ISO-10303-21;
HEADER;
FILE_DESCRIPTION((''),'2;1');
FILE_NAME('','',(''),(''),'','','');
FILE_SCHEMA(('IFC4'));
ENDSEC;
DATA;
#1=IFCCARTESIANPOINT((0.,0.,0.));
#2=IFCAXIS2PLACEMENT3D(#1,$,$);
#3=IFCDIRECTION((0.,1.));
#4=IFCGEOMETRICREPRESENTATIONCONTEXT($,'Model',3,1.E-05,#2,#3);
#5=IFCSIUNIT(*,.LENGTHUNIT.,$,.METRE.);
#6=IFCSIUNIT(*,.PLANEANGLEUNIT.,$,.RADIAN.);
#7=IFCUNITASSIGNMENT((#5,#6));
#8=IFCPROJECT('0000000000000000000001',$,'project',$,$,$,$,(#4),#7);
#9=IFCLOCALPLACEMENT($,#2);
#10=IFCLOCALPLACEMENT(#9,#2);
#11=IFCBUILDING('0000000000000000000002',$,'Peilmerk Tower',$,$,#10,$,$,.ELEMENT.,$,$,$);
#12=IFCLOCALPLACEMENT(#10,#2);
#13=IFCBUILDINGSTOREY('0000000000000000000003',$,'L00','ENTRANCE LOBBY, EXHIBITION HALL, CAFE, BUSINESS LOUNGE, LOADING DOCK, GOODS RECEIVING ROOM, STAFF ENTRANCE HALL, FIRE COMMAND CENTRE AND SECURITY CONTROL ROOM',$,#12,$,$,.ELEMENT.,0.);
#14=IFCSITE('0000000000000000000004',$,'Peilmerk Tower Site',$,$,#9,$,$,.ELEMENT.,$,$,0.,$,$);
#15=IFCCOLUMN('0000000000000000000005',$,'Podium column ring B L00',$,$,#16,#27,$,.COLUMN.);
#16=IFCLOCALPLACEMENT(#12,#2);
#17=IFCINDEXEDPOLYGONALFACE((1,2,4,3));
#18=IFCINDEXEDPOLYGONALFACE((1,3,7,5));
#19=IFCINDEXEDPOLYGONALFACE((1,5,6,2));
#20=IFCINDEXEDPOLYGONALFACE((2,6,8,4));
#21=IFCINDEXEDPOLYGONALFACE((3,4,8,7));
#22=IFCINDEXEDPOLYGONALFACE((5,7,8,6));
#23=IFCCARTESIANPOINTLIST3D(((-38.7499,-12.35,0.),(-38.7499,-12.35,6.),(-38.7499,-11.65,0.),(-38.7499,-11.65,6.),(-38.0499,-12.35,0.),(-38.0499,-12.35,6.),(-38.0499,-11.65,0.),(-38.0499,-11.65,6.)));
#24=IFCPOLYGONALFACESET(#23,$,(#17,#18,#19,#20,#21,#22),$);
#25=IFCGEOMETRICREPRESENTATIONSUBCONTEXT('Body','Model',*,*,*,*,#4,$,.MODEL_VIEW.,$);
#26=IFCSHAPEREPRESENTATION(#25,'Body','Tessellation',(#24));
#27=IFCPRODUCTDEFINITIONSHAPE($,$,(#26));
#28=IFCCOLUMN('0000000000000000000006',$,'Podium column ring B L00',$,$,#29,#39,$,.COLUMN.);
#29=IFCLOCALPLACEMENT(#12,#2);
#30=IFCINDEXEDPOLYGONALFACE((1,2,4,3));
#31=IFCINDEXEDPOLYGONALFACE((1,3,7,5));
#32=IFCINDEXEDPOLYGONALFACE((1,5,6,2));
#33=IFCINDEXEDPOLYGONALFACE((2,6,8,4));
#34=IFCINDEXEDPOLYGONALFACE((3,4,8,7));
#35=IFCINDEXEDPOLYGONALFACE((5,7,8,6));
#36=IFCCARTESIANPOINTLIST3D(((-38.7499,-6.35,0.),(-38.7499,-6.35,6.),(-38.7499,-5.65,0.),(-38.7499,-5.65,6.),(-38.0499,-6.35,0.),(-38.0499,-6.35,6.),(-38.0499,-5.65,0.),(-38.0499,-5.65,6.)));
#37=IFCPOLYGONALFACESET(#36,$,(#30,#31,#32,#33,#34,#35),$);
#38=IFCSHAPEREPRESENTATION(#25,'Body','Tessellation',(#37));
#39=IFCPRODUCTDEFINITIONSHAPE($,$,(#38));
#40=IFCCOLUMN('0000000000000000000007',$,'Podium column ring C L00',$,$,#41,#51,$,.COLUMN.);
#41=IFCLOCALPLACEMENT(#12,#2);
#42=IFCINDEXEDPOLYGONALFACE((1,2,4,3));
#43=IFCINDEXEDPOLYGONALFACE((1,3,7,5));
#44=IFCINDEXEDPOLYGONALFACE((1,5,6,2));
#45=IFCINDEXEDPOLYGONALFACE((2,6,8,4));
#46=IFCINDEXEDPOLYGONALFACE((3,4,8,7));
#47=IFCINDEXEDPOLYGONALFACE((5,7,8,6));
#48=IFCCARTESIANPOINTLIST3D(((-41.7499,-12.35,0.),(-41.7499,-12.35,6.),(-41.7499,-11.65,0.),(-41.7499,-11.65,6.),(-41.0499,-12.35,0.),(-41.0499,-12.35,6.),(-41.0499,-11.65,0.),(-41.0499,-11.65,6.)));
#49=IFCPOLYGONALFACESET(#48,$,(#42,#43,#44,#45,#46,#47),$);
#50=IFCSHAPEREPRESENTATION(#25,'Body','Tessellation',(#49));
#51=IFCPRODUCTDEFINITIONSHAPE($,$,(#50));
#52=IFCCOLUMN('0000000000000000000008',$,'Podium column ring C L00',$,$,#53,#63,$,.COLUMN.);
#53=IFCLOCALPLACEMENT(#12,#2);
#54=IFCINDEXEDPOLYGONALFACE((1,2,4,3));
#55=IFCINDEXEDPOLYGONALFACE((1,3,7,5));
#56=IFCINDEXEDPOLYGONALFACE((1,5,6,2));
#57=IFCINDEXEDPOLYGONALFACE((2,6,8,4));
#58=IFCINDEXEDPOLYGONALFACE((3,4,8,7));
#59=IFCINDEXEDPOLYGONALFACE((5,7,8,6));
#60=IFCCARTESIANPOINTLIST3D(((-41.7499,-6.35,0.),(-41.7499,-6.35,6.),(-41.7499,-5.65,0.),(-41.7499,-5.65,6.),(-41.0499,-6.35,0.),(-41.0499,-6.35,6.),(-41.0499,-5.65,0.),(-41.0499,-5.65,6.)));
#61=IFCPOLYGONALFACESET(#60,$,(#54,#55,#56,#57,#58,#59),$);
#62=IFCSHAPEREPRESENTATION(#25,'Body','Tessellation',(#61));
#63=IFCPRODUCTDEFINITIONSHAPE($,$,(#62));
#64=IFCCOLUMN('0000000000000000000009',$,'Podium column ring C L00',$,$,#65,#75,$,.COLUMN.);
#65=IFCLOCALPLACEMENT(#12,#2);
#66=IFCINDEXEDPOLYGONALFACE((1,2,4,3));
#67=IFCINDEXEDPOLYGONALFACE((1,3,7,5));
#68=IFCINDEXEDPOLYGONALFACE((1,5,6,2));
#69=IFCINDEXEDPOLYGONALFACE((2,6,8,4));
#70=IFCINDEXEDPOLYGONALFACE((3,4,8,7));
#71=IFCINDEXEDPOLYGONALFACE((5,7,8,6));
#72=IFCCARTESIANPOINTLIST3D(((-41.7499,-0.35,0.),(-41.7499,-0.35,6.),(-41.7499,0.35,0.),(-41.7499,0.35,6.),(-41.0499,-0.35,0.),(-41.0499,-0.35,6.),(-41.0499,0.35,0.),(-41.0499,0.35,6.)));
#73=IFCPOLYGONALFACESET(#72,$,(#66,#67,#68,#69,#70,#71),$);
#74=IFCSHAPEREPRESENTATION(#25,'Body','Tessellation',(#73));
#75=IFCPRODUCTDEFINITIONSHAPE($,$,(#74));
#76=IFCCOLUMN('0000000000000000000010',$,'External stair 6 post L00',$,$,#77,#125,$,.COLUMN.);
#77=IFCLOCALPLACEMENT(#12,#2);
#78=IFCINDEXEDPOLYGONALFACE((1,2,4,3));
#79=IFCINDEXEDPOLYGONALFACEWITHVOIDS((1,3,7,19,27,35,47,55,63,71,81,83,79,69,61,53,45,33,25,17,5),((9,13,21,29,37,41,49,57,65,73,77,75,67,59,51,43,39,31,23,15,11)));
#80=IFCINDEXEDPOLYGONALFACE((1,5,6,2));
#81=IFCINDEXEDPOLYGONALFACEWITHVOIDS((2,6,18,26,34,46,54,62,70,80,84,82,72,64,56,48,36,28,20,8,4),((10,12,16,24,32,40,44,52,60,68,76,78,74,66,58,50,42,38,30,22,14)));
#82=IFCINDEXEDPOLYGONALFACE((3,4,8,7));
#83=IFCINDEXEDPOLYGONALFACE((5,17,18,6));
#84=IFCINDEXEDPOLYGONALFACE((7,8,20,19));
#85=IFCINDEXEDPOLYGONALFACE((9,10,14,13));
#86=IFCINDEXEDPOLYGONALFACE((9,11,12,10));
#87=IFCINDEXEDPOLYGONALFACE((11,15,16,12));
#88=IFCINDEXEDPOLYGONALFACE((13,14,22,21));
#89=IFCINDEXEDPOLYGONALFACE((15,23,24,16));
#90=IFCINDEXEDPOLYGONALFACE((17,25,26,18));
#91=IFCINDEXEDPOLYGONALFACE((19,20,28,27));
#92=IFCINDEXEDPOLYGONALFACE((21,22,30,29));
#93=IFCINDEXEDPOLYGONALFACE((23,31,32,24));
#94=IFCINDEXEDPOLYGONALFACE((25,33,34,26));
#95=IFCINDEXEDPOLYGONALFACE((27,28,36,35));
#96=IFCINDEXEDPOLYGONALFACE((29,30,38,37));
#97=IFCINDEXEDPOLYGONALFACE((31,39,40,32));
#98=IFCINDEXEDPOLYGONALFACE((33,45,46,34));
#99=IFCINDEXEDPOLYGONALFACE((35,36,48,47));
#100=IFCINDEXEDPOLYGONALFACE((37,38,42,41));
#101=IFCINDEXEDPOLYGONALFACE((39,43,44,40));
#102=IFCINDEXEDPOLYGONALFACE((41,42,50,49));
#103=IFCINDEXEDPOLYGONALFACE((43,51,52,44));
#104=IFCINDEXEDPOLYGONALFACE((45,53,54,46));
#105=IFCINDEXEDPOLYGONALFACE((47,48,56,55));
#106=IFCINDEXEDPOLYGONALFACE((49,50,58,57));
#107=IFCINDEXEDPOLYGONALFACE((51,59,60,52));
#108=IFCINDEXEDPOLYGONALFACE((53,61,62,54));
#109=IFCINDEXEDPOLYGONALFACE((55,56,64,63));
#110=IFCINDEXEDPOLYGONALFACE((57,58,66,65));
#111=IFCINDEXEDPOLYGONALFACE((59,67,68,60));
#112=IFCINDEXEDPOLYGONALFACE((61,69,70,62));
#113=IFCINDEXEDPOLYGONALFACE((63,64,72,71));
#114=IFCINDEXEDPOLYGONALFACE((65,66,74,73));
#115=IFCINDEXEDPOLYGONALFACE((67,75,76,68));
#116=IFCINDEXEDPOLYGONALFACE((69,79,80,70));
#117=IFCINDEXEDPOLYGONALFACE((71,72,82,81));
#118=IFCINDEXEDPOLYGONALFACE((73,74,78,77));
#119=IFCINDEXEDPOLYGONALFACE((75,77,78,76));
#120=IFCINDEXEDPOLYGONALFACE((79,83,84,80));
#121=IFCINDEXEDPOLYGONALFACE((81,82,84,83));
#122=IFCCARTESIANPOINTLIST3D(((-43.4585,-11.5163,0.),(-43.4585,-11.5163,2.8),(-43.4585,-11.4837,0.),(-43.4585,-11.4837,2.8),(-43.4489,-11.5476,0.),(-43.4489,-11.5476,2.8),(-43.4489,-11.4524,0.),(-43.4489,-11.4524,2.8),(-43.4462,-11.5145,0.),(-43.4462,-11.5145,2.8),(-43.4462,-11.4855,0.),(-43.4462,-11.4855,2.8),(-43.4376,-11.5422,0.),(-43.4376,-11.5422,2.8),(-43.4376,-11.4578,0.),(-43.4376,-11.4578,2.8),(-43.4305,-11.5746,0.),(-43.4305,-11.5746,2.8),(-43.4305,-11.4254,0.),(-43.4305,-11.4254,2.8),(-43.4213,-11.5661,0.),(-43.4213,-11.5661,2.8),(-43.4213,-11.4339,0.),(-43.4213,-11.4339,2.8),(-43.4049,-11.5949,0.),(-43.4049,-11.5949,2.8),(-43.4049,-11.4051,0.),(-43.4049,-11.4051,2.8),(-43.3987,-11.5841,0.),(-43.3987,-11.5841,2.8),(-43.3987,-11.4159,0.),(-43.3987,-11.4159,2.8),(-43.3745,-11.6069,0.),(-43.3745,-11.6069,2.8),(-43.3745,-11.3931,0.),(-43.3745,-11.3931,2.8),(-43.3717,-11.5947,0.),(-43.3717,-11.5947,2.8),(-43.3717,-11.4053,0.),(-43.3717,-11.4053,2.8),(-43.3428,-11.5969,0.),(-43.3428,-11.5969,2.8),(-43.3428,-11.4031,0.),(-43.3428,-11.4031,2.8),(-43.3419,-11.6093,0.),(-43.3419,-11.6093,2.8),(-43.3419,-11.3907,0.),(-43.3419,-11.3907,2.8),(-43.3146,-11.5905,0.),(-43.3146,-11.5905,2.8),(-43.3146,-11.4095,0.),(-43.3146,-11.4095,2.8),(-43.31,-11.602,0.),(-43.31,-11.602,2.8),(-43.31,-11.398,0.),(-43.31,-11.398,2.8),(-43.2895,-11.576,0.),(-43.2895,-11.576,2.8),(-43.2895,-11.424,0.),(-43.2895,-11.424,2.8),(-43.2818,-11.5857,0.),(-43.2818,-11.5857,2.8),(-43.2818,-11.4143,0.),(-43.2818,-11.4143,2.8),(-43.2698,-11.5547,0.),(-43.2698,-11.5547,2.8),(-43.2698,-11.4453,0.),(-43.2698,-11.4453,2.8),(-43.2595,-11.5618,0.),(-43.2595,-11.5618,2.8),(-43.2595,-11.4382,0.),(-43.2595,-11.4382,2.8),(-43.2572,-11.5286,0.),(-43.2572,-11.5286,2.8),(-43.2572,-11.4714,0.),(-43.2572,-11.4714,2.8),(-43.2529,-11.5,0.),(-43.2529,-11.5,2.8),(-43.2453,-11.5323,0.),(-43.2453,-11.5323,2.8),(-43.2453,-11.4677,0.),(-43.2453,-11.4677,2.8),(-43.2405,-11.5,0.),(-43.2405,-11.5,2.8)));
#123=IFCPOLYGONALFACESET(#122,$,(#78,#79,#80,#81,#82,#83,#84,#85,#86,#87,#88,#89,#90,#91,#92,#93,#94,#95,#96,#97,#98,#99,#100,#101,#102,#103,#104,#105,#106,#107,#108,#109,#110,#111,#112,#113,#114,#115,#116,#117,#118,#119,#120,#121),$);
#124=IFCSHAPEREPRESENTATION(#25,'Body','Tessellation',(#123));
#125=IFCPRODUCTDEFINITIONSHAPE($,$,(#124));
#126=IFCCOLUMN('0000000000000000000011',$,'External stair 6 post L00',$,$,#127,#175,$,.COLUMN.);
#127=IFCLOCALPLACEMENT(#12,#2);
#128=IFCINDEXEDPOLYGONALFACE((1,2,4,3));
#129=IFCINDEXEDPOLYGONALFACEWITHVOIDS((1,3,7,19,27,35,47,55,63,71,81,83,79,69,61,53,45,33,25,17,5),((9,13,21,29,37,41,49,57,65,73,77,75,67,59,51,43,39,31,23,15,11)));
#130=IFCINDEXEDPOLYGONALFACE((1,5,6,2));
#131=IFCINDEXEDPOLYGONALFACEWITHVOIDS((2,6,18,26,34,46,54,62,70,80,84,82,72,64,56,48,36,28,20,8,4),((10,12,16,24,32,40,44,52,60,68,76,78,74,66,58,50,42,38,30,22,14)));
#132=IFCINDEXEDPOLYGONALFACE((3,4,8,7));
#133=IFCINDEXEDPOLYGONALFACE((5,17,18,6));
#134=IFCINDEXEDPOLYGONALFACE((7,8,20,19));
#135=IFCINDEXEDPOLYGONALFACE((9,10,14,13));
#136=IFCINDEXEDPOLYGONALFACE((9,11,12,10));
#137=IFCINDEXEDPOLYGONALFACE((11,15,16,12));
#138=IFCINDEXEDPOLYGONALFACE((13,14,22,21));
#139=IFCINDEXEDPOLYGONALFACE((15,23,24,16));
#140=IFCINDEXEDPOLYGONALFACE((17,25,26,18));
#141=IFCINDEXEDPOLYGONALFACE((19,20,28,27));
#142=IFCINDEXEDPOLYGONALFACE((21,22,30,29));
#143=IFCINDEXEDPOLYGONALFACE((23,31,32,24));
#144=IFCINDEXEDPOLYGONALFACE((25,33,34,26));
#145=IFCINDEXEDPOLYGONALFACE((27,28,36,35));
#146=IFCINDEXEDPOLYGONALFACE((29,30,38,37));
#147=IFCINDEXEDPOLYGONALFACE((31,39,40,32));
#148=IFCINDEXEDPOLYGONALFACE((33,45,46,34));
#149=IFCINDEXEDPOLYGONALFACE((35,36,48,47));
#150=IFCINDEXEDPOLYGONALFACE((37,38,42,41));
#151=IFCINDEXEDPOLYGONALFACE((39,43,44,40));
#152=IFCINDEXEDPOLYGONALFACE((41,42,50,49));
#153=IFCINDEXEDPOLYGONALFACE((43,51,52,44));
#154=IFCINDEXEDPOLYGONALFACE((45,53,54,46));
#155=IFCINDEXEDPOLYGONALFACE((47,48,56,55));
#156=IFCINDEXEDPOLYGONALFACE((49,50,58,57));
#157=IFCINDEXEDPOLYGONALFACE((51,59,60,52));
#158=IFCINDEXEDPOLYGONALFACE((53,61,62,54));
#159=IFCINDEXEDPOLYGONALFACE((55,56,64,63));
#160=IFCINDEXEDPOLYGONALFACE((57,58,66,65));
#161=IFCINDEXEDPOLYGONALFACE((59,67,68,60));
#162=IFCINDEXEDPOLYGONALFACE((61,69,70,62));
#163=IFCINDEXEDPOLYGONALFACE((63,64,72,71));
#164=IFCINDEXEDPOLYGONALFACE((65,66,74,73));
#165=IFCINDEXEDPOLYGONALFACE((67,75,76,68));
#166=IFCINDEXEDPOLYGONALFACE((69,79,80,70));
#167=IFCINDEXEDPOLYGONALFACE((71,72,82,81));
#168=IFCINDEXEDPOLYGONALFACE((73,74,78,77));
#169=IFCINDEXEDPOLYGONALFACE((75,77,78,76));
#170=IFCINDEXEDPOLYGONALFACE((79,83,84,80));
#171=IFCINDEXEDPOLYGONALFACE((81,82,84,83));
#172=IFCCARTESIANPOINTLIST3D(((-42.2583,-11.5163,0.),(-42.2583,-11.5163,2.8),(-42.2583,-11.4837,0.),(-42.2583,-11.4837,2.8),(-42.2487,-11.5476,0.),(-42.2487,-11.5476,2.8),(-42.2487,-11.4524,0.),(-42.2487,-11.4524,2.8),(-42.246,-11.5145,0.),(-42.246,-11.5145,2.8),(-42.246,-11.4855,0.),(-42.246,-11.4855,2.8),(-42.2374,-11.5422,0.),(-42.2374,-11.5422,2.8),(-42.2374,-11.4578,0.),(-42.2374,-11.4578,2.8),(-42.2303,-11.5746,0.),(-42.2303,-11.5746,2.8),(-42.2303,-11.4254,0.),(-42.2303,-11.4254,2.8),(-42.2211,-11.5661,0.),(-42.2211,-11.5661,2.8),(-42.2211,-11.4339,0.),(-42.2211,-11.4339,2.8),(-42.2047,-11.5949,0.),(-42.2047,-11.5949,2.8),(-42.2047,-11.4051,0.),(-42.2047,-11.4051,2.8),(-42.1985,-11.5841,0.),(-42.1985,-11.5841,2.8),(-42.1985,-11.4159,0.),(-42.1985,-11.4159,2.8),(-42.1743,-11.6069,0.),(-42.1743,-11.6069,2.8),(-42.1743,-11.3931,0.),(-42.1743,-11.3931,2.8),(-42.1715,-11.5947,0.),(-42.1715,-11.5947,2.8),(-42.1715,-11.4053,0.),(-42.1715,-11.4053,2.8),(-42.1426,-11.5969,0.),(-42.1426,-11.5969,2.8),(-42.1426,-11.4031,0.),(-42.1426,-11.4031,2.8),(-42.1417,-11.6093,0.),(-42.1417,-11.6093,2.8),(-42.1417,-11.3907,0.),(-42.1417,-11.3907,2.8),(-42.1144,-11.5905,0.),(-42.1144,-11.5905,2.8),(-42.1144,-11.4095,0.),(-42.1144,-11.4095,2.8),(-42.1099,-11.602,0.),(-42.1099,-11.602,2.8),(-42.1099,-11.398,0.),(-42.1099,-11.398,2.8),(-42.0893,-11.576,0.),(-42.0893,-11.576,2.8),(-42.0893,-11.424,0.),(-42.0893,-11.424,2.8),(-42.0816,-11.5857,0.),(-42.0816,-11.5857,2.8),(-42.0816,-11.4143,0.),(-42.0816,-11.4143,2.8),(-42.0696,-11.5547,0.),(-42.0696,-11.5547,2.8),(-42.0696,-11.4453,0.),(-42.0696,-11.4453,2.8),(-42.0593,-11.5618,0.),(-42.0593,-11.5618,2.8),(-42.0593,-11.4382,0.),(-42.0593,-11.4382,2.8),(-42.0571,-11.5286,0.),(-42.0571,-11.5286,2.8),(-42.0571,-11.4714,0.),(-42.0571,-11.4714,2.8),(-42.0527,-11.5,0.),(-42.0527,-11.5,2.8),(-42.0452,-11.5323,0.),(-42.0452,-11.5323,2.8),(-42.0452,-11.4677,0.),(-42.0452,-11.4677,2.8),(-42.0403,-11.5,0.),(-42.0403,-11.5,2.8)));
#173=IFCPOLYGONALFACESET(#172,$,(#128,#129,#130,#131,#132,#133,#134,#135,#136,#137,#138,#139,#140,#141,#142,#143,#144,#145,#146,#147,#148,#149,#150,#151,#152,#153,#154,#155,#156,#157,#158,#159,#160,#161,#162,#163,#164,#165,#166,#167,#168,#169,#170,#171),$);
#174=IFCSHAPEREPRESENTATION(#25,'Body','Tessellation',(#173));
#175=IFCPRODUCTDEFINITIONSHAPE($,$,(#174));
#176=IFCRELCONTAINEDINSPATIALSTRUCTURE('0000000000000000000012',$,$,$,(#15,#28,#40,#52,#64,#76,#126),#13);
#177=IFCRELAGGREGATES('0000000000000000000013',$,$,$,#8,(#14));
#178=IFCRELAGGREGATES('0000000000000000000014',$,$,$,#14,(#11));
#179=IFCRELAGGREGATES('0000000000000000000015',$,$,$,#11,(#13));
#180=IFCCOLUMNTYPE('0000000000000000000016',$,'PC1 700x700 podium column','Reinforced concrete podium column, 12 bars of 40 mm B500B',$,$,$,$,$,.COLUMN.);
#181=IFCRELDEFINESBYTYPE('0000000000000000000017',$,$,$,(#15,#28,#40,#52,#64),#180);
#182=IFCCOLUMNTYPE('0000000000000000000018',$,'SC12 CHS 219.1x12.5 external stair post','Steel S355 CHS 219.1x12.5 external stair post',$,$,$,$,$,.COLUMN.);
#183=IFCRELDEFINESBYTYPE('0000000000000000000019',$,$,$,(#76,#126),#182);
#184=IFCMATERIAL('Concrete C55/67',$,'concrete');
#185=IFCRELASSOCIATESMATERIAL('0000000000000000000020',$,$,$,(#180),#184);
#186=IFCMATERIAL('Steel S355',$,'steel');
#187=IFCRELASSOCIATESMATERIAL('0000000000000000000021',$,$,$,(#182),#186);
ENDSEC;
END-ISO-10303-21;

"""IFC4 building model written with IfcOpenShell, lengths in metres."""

from ifc_helpers import new_model, si_unit, direction, frame, origin, origin_2d, place, context, subcontext, project, spatial, rectangle, hollow_circle, extrude, material, material_profile, profile_set, type_object, element, save


model = new_model("IFC4")

# Units and contexts
model_context = context("Model", 3, precision=1e-05, world=origin(), true_north=direction((0.0, 1.0)))
body_context = subcontext(model_context, "Body", "Model", "MODEL_VIEW")
ifc_project = project(units=[si_unit("LENGTHUNIT", "METRE"), si_unit("PLANEANGLEUNIT", "RADIAN")], contexts=[model_context])

# Site, building, storey
site_placement = place(None, origin())
site = spatial("IfcSite", under=ifc_project, at=site_placement, Name="Peilmerk Tower Site", CompositionType="ELEMENT", RefElevation=0.0)
building_placement = place(site_placement, origin())
building = spatial("IfcBuilding", under=site, at=building_placement, Name="Peilmerk Tower", CompositionType="ELEMENT")
storey_placement = place(building_placement, origin())
storey = spatial("IfcBuildingStorey", under=building, at=storey_placement, Name="L00", Description="ENTRANCE LOBBY, EXHIBITION HALL, CAFE, BUSINESS LOUNGE, LOADING DOCK, GOODS RECEIVING ROOM, STAFF ENTRANCE HALL, FIRE COMMAND CENTRE AND SECURITY CONTROL ROOM", CompositionType="ELEMENT", Elevation=0.0)

# Columns
ifc_material_1 = material(Name="Concrete C55/67", Category="concrete")
ifc_material_profile_1 = material_profile(ifc_material_1, rectangle(XDim=0.7, YDim=0.7, at=origin_2d()), Name="RC 700x700")
ifc_profile_set_1 = profile_set([ifc_material_profile_1], Name="Concrete C55/67")
column_type_1 = type_object("IfcColumnType", Name="PC1 700x700 podium column", Description="Reinforced concrete podium column, 12 bars of 40 mm B500B", PredefinedType="COLUMN", material=ifc_profile_set_1)
for number, where, z_axis, x_axis, name in (
    (1, (-38.3999, -12.0, 0.0), (0.0, 0.0, 1.0), (1.0, 0.0, 0.0), "Podium column ring B L00"),
    (2, (-38.3999, -6.0, 0.0), (0.0, 0.0, 1.0), (1.0, 0.0, 0.0), "Podium column ring B L00"),
    (3, (-41.3999, -12.0, 0.0), (0.0, 0.0, 1.0), (1.0, 0.0, 0.0), "Podium column ring C L00"),
    (4, (-41.3999, -6.0, 0.0), (0.0, 0.0, 1.0), (1.0, 0.0, 0.0), "Podium column ring C L00"),
    (5, (-41.3999, 0.0, 0.0), (0.0, 0.0, 1.0), (1.0, 0.0, 0.0), "Podium column ring C L00"),
):
    element("IfcColumn", number, at=place(storey_placement, frame(where, z_axis=z_axis, x_axis=x_axis)), inside=storey, type_object=column_type_1, Name=name, PredefinedType="COLUMN", context=body_context, shape_type="SweptSolid", body=[
        extrude(rectangle(XDim=0.7, YDim=0.7, at=origin_2d()), origin(), (0.0, 0.0, 1.0), 6.0),
    ])
ifc_material_2 = material(Name="Steel S355", Category="steel")
ifc_material_profile_2 = material_profile(ifc_material_2, hollow_circle(Radius=0.1096, WallThickness=0.0125, at=origin_2d()), Name="CHS 219.1x12.5")
ifc_profile_set_2 = profile_set([ifc_material_profile_2], Name="Steel S355")
column_type_2 = type_object("IfcColumnType", Name="SC12 CHS 219.1x12.5 external stair post", Description="Steel S355 CHS 219.1x12.5 external stair post", PredefinedType="COLUMN", material=ifc_profile_set_2)
for number, where, z_axis, x_axis, name in (
    (6, (-43.3501, -11.5, 0.0), (0.0, 0.0, 1.0), (1.0, 0.0, 0.0), "External stair 6 post L00"),
    (7, (-42.1499, -11.5, 0.0), (0.0, 0.0, 1.0), (1.0, 0.0, 0.0), "External stair 6 post L00"),
):
    element("IfcColumn", number, at=place(storey_placement, frame(where, z_axis=z_axis, x_axis=x_axis)), inside=storey, type_object=column_type_2, Name=name, PredefinedType="COLUMN", context=body_context, shape_type="SweptSolid", body=[
        extrude(hollow_circle(Radius=0.1096, WallThickness=0.0125, at=origin_2d()), origin(), (0.0, 0.0, 1.0), 2.8),
    ])

save(model, "model.ifc")
